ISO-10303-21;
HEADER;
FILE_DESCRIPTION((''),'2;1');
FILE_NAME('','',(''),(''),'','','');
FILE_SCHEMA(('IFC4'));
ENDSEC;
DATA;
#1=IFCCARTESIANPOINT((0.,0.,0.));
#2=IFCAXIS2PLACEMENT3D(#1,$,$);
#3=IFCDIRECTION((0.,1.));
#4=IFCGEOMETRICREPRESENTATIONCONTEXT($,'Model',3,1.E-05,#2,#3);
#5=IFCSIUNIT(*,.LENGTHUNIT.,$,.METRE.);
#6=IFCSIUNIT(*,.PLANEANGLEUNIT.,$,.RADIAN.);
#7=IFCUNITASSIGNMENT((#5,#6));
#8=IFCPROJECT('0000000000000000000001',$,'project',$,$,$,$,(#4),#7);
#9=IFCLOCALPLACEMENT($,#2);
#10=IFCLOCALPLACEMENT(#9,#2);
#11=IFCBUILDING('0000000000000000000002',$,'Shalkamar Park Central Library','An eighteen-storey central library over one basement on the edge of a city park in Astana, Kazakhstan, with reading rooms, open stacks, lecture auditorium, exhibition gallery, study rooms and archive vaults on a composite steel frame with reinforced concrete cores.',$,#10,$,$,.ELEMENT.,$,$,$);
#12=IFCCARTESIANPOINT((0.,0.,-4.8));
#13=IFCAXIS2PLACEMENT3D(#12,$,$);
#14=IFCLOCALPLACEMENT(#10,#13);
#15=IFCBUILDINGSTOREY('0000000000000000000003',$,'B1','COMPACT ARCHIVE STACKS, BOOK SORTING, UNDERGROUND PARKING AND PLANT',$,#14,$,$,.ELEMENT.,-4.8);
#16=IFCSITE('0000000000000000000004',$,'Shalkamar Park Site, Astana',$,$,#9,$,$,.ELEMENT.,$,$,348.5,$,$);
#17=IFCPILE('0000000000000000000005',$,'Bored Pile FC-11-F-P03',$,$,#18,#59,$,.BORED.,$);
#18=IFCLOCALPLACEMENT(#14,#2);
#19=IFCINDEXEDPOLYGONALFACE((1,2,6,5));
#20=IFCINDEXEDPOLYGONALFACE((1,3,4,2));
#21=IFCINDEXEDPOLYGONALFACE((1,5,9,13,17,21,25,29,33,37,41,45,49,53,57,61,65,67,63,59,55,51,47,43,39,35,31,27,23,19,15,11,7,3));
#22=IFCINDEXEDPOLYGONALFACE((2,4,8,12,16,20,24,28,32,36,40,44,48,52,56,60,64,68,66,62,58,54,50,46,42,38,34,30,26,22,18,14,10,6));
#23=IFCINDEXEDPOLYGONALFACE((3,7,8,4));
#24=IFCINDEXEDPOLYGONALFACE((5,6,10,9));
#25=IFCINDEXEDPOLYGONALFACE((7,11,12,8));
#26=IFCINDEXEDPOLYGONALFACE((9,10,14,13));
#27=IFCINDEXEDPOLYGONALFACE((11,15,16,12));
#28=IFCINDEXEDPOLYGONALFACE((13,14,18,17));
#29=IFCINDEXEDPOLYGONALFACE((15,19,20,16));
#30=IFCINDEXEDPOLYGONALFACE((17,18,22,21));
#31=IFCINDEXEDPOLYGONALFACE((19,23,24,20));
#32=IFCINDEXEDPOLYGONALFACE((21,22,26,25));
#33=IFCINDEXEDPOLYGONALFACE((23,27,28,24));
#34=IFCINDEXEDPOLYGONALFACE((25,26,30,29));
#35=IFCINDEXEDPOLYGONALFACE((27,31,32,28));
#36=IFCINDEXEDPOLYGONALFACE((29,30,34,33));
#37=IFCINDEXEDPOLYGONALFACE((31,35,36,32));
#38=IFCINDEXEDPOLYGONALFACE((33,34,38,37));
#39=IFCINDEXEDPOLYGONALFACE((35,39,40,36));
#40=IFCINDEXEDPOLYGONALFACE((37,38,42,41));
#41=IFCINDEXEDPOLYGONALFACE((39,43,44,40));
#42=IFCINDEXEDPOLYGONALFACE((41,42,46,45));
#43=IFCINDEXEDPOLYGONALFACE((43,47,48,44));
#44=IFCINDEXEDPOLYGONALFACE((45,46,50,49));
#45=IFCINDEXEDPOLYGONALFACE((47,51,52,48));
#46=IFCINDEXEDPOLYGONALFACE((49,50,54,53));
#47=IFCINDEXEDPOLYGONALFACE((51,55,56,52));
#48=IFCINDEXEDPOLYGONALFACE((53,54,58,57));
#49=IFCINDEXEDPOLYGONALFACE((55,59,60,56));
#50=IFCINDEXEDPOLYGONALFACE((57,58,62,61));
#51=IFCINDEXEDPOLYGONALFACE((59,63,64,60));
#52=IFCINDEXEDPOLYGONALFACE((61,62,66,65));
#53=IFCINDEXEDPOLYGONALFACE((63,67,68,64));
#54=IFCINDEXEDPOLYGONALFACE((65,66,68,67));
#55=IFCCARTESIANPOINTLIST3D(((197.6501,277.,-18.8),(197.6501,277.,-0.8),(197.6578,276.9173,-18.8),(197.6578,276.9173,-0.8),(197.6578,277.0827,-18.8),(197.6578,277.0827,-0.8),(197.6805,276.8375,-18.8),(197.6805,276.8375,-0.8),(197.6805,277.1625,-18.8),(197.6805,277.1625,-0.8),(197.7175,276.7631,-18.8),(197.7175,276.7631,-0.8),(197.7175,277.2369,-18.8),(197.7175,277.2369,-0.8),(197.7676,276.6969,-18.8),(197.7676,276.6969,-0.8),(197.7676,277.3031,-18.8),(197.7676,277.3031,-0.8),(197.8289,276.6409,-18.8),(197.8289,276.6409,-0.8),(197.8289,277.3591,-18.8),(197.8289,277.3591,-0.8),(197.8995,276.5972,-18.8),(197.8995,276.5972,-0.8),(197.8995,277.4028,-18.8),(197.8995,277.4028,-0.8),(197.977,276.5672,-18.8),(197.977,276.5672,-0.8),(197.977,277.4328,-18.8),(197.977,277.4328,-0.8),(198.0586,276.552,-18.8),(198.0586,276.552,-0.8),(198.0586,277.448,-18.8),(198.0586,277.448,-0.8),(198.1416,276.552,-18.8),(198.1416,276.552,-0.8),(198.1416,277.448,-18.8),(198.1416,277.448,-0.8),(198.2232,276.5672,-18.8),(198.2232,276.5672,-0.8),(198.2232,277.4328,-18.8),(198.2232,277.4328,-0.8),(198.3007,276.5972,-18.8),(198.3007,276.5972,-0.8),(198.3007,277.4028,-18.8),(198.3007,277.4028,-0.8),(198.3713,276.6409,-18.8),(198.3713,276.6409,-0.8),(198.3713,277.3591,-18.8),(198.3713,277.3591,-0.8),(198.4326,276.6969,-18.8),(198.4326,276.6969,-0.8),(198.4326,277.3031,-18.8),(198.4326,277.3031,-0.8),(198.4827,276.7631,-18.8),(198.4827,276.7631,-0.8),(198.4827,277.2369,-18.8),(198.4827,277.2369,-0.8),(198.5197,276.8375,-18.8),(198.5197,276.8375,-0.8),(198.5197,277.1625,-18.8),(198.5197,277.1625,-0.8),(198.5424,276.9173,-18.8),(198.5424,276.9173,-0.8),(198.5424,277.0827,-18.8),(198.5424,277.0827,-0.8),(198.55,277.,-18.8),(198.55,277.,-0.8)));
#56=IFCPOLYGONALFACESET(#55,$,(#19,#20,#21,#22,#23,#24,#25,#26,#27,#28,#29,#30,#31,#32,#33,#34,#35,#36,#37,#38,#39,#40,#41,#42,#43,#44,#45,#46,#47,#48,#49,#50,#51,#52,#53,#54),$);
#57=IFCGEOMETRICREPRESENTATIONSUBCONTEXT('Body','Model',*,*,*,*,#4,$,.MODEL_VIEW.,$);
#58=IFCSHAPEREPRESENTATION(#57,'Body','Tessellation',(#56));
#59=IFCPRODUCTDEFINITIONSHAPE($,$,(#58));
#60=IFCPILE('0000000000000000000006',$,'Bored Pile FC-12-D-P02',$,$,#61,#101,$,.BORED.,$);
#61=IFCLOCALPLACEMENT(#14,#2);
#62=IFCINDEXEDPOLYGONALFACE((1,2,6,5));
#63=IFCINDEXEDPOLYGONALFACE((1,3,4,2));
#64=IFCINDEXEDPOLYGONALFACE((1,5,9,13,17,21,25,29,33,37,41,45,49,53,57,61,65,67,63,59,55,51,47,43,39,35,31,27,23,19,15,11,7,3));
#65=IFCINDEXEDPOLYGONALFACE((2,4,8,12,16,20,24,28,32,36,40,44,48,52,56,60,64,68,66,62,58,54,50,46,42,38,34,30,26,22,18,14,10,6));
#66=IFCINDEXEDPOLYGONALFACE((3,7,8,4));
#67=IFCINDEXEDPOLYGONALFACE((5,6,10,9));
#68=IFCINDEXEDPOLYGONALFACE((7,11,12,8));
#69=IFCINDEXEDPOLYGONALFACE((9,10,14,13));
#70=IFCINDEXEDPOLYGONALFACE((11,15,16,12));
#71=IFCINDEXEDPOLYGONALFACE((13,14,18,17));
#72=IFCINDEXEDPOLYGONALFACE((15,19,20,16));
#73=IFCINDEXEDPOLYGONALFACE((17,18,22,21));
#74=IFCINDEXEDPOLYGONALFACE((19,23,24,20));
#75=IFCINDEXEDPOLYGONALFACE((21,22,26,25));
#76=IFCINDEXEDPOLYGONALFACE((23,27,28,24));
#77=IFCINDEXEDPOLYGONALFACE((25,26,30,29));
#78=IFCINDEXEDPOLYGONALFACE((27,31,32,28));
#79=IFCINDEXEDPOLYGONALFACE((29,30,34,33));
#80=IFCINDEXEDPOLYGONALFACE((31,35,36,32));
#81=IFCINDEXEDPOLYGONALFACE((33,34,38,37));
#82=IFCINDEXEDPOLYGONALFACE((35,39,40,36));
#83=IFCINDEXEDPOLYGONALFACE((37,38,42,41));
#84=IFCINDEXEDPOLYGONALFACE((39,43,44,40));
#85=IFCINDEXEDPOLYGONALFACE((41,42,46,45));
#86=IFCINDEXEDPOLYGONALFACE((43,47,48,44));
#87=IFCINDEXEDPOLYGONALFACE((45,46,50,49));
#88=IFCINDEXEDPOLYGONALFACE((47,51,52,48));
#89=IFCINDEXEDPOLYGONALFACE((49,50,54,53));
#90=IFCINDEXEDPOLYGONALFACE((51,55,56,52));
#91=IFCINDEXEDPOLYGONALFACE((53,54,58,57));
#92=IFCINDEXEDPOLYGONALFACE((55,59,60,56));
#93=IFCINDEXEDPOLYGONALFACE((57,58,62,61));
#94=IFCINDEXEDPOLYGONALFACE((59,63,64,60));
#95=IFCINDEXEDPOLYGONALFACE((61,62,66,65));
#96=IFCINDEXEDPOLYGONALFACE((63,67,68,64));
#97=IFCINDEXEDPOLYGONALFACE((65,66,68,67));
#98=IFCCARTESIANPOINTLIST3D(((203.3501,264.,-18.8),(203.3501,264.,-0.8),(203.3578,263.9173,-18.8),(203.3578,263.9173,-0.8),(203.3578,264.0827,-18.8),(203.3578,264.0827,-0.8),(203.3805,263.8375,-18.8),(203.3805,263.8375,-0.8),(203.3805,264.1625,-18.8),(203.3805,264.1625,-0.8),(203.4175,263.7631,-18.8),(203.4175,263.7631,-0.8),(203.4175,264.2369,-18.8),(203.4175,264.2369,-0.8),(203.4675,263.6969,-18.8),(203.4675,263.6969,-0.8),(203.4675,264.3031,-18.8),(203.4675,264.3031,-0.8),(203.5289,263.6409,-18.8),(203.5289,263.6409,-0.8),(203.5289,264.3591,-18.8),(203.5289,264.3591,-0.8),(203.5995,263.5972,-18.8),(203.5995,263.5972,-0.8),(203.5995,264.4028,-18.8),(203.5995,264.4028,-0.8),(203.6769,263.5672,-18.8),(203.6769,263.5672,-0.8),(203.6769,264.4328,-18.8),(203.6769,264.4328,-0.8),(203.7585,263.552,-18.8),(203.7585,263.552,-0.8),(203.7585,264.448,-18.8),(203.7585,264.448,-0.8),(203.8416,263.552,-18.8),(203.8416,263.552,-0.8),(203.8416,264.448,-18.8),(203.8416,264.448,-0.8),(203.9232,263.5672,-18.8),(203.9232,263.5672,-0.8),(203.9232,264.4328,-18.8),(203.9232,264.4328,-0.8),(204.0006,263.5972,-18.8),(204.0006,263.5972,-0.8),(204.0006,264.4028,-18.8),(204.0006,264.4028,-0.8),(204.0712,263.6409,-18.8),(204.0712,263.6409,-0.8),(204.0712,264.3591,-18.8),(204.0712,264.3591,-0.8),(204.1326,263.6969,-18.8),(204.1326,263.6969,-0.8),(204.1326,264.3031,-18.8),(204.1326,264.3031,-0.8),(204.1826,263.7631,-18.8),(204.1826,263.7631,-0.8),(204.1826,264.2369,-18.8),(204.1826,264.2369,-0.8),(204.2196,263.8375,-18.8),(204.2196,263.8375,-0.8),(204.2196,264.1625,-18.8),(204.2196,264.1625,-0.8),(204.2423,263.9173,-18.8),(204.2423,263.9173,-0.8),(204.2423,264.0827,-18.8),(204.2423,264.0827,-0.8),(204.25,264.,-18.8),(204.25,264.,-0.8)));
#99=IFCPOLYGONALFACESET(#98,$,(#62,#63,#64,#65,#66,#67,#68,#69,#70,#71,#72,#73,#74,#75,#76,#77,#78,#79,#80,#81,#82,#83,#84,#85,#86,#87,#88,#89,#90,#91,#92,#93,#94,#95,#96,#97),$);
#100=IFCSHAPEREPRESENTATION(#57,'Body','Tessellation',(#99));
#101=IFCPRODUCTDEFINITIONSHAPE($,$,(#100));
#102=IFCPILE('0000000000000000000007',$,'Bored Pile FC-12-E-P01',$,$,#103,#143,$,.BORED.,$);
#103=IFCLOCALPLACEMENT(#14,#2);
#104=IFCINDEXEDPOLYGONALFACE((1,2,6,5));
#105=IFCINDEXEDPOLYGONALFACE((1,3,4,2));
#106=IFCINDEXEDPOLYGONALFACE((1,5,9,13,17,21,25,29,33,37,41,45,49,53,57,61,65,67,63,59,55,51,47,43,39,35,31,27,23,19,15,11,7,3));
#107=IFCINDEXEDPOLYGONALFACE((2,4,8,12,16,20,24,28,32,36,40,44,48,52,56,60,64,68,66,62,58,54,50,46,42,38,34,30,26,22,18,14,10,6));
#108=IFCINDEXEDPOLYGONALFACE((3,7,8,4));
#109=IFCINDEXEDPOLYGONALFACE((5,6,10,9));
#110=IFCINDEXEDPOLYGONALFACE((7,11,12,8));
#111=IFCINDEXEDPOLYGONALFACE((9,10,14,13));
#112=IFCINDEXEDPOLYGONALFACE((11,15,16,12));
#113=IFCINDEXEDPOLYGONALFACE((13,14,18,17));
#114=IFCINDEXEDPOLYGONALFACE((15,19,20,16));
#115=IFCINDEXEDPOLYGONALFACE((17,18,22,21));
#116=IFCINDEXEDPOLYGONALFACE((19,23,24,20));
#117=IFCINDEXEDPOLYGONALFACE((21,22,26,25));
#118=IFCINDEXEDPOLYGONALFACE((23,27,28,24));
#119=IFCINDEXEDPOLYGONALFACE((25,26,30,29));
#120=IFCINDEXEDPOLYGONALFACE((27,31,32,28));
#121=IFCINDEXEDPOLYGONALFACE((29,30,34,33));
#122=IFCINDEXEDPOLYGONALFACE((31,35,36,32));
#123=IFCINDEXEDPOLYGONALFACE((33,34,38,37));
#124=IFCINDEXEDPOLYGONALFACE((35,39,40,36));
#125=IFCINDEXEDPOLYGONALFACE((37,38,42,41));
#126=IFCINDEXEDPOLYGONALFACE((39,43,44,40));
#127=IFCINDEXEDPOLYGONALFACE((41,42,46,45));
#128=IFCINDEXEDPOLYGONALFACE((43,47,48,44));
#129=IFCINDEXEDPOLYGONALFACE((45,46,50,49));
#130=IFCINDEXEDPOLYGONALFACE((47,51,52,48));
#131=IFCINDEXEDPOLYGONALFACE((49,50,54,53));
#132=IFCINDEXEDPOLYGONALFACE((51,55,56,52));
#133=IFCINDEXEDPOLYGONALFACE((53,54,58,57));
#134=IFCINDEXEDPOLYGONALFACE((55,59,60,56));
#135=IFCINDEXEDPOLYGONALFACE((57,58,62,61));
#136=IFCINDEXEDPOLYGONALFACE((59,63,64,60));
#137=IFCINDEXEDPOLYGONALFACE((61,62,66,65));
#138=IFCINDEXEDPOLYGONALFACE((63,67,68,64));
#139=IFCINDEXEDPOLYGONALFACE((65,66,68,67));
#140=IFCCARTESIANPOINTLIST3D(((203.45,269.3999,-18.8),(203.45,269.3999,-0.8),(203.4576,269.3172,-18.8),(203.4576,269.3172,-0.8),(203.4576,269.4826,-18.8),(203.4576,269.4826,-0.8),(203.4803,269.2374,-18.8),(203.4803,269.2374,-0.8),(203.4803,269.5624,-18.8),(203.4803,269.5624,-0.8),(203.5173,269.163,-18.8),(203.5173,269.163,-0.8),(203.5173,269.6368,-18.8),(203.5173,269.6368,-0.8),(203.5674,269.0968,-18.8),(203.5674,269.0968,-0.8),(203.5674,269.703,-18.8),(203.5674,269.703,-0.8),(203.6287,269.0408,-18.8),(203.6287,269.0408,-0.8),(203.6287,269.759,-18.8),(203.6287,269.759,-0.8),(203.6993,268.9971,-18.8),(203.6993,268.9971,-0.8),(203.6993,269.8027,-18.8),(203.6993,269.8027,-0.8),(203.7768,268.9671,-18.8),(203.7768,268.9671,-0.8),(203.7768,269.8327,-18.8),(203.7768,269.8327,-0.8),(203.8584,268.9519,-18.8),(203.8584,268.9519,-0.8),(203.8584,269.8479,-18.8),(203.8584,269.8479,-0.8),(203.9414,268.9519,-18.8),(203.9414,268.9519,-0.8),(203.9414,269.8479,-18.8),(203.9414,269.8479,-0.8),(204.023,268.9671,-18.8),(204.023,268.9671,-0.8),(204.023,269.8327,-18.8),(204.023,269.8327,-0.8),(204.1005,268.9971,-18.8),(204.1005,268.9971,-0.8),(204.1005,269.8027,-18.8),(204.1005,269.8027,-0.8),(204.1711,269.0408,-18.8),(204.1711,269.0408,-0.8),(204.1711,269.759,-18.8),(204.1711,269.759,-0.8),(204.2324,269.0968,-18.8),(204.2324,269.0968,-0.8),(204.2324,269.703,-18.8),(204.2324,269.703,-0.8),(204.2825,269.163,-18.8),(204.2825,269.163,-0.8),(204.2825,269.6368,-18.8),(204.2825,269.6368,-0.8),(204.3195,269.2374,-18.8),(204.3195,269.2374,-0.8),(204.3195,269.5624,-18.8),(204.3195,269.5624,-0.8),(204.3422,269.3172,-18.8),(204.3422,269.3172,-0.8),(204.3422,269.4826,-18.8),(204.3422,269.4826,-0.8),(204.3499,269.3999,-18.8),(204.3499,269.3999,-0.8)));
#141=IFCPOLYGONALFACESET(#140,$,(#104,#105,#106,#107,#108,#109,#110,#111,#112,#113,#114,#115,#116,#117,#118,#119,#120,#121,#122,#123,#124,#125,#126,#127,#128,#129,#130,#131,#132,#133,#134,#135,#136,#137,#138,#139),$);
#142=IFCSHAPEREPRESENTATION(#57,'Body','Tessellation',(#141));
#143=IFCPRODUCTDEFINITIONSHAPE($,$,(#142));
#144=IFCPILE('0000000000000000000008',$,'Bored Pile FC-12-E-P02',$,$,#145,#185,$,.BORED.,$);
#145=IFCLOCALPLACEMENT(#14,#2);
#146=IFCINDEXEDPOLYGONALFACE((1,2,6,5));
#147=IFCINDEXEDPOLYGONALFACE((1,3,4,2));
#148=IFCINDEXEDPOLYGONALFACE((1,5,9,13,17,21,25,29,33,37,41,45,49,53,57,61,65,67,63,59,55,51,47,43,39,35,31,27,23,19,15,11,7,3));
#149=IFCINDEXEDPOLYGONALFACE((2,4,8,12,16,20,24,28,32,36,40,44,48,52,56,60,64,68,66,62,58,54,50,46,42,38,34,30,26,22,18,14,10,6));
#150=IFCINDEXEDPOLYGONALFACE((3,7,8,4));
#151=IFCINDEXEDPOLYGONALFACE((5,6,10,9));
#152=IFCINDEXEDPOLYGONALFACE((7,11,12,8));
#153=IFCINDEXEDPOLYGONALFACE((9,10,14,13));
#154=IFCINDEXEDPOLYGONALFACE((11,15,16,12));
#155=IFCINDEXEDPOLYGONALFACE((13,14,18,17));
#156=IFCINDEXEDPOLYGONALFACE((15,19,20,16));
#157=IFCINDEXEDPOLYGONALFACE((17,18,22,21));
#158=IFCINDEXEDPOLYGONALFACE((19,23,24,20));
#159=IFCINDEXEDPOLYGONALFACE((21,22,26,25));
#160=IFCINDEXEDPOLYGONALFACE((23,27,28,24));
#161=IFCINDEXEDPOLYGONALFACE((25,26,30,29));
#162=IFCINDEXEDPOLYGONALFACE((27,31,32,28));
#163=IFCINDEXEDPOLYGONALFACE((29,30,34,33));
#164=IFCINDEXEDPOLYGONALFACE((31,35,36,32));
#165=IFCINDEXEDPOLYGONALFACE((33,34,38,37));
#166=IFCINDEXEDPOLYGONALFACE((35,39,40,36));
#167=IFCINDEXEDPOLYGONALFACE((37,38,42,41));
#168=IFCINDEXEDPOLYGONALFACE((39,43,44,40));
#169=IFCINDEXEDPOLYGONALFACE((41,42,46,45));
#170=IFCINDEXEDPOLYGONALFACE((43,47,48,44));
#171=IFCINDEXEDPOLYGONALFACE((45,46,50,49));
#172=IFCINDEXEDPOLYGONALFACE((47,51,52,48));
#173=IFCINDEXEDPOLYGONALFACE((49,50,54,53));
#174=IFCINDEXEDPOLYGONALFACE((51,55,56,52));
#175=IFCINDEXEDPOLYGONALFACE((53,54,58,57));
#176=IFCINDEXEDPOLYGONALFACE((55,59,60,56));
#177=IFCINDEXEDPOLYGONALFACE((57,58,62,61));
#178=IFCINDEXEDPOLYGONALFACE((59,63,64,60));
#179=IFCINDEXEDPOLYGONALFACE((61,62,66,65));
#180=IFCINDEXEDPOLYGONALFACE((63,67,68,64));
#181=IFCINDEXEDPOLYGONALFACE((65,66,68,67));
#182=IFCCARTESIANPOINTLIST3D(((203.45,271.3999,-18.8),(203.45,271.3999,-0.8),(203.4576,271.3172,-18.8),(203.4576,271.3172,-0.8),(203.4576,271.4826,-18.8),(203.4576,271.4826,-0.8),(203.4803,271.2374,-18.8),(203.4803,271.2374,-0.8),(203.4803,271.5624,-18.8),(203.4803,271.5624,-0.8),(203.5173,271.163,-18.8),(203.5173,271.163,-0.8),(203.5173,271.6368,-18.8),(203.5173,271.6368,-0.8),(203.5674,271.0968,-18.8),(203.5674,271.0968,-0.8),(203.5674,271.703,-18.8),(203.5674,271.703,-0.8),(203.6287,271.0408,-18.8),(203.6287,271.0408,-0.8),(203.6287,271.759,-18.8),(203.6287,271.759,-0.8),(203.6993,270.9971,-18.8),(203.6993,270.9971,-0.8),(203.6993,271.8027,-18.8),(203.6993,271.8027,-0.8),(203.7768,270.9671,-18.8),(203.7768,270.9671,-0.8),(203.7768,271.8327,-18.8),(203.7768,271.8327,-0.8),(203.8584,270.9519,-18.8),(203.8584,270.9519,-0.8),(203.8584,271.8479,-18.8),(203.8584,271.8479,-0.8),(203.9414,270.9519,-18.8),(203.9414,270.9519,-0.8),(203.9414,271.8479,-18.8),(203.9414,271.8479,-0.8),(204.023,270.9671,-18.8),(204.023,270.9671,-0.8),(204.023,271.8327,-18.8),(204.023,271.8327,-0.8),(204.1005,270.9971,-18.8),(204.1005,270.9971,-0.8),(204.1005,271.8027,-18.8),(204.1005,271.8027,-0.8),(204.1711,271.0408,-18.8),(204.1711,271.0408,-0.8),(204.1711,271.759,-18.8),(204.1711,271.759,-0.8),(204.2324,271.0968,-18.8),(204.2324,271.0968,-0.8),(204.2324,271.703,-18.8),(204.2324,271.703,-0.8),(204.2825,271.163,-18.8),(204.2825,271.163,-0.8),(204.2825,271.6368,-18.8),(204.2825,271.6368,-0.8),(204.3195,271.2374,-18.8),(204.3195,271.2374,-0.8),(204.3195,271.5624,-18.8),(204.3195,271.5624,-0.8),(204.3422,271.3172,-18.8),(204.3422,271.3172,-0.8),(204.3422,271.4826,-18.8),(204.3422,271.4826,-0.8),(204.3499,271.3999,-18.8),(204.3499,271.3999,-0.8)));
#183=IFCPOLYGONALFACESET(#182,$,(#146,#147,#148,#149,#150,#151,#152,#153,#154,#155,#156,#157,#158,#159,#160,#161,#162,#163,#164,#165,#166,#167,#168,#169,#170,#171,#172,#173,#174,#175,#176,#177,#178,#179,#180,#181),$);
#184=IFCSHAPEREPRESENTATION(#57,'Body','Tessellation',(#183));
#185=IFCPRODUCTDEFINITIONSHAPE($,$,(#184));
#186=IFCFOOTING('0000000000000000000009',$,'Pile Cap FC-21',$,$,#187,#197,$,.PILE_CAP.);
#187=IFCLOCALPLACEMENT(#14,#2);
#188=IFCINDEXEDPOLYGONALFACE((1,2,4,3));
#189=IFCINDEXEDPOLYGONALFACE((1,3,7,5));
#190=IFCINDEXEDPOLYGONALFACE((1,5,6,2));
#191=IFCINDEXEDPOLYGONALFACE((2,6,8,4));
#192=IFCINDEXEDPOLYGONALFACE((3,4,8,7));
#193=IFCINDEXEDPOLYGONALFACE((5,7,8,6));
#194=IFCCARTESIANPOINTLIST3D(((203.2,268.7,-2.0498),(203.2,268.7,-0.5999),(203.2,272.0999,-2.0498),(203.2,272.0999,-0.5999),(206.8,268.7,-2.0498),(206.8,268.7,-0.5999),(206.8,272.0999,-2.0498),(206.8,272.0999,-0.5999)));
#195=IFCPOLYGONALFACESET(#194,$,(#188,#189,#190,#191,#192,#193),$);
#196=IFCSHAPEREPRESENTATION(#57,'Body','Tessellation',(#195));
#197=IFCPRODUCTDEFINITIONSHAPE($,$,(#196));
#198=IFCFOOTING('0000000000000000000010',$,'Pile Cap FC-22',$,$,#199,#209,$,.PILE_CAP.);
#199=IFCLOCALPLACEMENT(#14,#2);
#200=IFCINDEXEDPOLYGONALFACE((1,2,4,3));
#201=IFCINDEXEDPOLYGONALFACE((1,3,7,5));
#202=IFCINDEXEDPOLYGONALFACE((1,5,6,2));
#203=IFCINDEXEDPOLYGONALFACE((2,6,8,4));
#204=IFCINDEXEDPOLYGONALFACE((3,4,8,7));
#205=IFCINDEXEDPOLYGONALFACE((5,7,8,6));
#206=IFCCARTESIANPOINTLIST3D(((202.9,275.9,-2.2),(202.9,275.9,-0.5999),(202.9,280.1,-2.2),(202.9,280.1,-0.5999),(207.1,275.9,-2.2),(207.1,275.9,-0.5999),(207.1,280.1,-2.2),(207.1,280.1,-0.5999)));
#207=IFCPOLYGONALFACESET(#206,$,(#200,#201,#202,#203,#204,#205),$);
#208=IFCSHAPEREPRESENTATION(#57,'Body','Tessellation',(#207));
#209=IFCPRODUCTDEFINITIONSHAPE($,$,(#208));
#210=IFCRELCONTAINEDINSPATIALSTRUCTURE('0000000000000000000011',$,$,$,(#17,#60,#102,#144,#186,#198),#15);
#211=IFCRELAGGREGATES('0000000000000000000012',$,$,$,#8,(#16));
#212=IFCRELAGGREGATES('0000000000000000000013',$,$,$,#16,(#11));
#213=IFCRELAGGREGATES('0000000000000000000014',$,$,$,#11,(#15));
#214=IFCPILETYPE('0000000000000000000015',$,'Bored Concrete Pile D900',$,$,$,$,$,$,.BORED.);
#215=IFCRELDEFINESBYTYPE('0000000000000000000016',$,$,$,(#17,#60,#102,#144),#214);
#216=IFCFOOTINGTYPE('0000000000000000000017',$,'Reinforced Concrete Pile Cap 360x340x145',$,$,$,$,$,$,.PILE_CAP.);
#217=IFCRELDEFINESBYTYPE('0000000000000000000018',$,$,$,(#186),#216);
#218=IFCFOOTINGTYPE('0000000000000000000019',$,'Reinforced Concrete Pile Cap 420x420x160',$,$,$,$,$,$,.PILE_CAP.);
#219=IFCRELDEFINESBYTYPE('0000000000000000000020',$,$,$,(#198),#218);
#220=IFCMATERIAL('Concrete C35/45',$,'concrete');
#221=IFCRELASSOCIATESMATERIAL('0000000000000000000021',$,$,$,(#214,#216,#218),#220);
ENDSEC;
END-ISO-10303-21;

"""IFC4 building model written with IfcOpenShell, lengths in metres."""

from ifc_helpers import new_model, si_unit, direction, frame, origin, origin_2d, place, context, subcontext, project, spatial, rectangle, circle, extrude, material, material_profile, profile_set, type_object, element, save


model = new_model("IFC4")

# Units and contexts
model_context = context("Model", 3, precision=1e-05, world=origin(), true_north=direction((0.0, 1.0)))
body_context = subcontext(model_context, "Body", "Model", "MODEL_VIEW")
ifc_project = project(units=[si_unit("LENGTHUNIT", "METRE"), si_unit("PLANEANGLEUNIT", "RADIAN")], contexts=[model_context])

# Site, building, storey
site_placement = place(None, origin())
site = spatial("IfcSite", under=ifc_project, at=site_placement, Name="Shalkamar Park Site, Astana", CompositionType="ELEMENT", RefElevation=348.5)
building_placement = place(site_placement, origin())
building = spatial("IfcBuilding", under=site, at=building_placement, Name="Shalkamar Park Central Library", Description="An eighteen-storey central library over one basement on the edge of a city park in Astana, Kazakhstan, with reading rooms, open stacks, lecture auditorium, exhibition gallery, study rooms and archive vaults on a composite steel frame with reinforced concrete cores.", CompositionType="ELEMENT")
storey_placement = place(building_placement, frame((0.0, 0.0, -4.8)))
storey = spatial("IfcBuildingStorey", under=building, at=storey_placement, Name="B1", Description="COMPACT ARCHIVE STACKS, BOOK SORTING, UNDERGROUND PARKING AND PLANT", CompositionType="ELEMENT", Elevation=-4.8)

# Piles
ifc_material_1 = material(Name="Concrete C35/45", Category="concrete")
ifc_material_profile_1 = material_profile(ifc_material_1, circle(Radius=0.45, at=origin_2d()), Name="PILE D900")
ifc_profile_set_1 = profile_set([ifc_material_profile_1], Name="Concrete C35/45")
pile_type_1 = type_object("IfcPileType", Name="Bored Concrete Pile D900", PredefinedType="BORED", material=ifc_profile_set_1)
for number, where, z_axis, x_axis, name in (
    (1, (198.1001, 277.0, -0.8), (0.0, 0.0, -1.0), (1.0, 0.0, 0.0), "Bored Pile FC-11-F-P03"),
    (2, (203.8, 264.0, -0.8), (0.0, 0.0, -1.0), (1.0, 0.0, 0.0), "Bored Pile FC-12-D-P02"),
    (3, (203.8999, 269.3999, -0.8), (0.0, 0.0, -1.0), (1.0, 0.0, 0.0), "Bored Pile FC-12-E-P01"),
    (4, (203.8999, 271.3999, -0.8), (0.0, 0.0, -1.0), (1.0, 0.0, 0.0), "Bored Pile FC-12-E-P02"),
):
    element("IfcPile", number, at=place(storey_placement, frame(where, z_axis=z_axis, x_axis=x_axis)), inside=storey, type_object=pile_type_1, Name=name, PredefinedType="BORED", context=body_context, shape_type="SweptSolid", body=[
        extrude(circle(Radius=0.45, at=origin_2d()), origin(), (0.0, 0.0, 1.0), 18.0),
    ])

# Footings
footing_type_1 = type_object("IfcFootingType", Name="Reinforced Concrete Pile Cap 360x340x145", PredefinedType="PILE_CAP", material=ifc_material_1)
footing_1_placement = place(storey_placement, frame((205.0, 270.3999, -2.0498), z_axis=(0.0, 0.0, 1.0), x_axis=(1.0, 0.0, 0.0)))
element("IfcFooting", 5, at=footing_1_placement, inside=storey, type_object=footing_type_1, Name="Pile Cap FC-21", PredefinedType="PILE_CAP", context=body_context, shape_type="SweptSolid", body=[
    extrude(rectangle(XDim=3.6001, YDim=3.3999, at=origin_2d()), origin(), (0.0, 0.0, 1.0), 1.45),
])
footing_type_2 = type_object("IfcFootingType", Name="Reinforced Concrete Pile Cap 420x420x160", PredefinedType="PILE_CAP", material=ifc_material_1)
footing_2_placement = place(storey_placement, frame((205.0, 278.0, -2.2), z_axis=(0.0, 0.0, 1.0), x_axis=(1.0, 0.0, 0.0)))
element("IfcFooting", 6, at=footing_2_placement, inside=storey, type_object=footing_type_2, Name="Pile Cap FC-22", PredefinedType="PILE_CAP", context=body_context, shape_type="SweptSolid", body=[
    extrude(rectangle(XDim=4.2, YDim=4.2, at=origin_2d()), origin(), (0.0, 0.0, 1.0), 1.6001),
])

save(model, "model.ifc")
